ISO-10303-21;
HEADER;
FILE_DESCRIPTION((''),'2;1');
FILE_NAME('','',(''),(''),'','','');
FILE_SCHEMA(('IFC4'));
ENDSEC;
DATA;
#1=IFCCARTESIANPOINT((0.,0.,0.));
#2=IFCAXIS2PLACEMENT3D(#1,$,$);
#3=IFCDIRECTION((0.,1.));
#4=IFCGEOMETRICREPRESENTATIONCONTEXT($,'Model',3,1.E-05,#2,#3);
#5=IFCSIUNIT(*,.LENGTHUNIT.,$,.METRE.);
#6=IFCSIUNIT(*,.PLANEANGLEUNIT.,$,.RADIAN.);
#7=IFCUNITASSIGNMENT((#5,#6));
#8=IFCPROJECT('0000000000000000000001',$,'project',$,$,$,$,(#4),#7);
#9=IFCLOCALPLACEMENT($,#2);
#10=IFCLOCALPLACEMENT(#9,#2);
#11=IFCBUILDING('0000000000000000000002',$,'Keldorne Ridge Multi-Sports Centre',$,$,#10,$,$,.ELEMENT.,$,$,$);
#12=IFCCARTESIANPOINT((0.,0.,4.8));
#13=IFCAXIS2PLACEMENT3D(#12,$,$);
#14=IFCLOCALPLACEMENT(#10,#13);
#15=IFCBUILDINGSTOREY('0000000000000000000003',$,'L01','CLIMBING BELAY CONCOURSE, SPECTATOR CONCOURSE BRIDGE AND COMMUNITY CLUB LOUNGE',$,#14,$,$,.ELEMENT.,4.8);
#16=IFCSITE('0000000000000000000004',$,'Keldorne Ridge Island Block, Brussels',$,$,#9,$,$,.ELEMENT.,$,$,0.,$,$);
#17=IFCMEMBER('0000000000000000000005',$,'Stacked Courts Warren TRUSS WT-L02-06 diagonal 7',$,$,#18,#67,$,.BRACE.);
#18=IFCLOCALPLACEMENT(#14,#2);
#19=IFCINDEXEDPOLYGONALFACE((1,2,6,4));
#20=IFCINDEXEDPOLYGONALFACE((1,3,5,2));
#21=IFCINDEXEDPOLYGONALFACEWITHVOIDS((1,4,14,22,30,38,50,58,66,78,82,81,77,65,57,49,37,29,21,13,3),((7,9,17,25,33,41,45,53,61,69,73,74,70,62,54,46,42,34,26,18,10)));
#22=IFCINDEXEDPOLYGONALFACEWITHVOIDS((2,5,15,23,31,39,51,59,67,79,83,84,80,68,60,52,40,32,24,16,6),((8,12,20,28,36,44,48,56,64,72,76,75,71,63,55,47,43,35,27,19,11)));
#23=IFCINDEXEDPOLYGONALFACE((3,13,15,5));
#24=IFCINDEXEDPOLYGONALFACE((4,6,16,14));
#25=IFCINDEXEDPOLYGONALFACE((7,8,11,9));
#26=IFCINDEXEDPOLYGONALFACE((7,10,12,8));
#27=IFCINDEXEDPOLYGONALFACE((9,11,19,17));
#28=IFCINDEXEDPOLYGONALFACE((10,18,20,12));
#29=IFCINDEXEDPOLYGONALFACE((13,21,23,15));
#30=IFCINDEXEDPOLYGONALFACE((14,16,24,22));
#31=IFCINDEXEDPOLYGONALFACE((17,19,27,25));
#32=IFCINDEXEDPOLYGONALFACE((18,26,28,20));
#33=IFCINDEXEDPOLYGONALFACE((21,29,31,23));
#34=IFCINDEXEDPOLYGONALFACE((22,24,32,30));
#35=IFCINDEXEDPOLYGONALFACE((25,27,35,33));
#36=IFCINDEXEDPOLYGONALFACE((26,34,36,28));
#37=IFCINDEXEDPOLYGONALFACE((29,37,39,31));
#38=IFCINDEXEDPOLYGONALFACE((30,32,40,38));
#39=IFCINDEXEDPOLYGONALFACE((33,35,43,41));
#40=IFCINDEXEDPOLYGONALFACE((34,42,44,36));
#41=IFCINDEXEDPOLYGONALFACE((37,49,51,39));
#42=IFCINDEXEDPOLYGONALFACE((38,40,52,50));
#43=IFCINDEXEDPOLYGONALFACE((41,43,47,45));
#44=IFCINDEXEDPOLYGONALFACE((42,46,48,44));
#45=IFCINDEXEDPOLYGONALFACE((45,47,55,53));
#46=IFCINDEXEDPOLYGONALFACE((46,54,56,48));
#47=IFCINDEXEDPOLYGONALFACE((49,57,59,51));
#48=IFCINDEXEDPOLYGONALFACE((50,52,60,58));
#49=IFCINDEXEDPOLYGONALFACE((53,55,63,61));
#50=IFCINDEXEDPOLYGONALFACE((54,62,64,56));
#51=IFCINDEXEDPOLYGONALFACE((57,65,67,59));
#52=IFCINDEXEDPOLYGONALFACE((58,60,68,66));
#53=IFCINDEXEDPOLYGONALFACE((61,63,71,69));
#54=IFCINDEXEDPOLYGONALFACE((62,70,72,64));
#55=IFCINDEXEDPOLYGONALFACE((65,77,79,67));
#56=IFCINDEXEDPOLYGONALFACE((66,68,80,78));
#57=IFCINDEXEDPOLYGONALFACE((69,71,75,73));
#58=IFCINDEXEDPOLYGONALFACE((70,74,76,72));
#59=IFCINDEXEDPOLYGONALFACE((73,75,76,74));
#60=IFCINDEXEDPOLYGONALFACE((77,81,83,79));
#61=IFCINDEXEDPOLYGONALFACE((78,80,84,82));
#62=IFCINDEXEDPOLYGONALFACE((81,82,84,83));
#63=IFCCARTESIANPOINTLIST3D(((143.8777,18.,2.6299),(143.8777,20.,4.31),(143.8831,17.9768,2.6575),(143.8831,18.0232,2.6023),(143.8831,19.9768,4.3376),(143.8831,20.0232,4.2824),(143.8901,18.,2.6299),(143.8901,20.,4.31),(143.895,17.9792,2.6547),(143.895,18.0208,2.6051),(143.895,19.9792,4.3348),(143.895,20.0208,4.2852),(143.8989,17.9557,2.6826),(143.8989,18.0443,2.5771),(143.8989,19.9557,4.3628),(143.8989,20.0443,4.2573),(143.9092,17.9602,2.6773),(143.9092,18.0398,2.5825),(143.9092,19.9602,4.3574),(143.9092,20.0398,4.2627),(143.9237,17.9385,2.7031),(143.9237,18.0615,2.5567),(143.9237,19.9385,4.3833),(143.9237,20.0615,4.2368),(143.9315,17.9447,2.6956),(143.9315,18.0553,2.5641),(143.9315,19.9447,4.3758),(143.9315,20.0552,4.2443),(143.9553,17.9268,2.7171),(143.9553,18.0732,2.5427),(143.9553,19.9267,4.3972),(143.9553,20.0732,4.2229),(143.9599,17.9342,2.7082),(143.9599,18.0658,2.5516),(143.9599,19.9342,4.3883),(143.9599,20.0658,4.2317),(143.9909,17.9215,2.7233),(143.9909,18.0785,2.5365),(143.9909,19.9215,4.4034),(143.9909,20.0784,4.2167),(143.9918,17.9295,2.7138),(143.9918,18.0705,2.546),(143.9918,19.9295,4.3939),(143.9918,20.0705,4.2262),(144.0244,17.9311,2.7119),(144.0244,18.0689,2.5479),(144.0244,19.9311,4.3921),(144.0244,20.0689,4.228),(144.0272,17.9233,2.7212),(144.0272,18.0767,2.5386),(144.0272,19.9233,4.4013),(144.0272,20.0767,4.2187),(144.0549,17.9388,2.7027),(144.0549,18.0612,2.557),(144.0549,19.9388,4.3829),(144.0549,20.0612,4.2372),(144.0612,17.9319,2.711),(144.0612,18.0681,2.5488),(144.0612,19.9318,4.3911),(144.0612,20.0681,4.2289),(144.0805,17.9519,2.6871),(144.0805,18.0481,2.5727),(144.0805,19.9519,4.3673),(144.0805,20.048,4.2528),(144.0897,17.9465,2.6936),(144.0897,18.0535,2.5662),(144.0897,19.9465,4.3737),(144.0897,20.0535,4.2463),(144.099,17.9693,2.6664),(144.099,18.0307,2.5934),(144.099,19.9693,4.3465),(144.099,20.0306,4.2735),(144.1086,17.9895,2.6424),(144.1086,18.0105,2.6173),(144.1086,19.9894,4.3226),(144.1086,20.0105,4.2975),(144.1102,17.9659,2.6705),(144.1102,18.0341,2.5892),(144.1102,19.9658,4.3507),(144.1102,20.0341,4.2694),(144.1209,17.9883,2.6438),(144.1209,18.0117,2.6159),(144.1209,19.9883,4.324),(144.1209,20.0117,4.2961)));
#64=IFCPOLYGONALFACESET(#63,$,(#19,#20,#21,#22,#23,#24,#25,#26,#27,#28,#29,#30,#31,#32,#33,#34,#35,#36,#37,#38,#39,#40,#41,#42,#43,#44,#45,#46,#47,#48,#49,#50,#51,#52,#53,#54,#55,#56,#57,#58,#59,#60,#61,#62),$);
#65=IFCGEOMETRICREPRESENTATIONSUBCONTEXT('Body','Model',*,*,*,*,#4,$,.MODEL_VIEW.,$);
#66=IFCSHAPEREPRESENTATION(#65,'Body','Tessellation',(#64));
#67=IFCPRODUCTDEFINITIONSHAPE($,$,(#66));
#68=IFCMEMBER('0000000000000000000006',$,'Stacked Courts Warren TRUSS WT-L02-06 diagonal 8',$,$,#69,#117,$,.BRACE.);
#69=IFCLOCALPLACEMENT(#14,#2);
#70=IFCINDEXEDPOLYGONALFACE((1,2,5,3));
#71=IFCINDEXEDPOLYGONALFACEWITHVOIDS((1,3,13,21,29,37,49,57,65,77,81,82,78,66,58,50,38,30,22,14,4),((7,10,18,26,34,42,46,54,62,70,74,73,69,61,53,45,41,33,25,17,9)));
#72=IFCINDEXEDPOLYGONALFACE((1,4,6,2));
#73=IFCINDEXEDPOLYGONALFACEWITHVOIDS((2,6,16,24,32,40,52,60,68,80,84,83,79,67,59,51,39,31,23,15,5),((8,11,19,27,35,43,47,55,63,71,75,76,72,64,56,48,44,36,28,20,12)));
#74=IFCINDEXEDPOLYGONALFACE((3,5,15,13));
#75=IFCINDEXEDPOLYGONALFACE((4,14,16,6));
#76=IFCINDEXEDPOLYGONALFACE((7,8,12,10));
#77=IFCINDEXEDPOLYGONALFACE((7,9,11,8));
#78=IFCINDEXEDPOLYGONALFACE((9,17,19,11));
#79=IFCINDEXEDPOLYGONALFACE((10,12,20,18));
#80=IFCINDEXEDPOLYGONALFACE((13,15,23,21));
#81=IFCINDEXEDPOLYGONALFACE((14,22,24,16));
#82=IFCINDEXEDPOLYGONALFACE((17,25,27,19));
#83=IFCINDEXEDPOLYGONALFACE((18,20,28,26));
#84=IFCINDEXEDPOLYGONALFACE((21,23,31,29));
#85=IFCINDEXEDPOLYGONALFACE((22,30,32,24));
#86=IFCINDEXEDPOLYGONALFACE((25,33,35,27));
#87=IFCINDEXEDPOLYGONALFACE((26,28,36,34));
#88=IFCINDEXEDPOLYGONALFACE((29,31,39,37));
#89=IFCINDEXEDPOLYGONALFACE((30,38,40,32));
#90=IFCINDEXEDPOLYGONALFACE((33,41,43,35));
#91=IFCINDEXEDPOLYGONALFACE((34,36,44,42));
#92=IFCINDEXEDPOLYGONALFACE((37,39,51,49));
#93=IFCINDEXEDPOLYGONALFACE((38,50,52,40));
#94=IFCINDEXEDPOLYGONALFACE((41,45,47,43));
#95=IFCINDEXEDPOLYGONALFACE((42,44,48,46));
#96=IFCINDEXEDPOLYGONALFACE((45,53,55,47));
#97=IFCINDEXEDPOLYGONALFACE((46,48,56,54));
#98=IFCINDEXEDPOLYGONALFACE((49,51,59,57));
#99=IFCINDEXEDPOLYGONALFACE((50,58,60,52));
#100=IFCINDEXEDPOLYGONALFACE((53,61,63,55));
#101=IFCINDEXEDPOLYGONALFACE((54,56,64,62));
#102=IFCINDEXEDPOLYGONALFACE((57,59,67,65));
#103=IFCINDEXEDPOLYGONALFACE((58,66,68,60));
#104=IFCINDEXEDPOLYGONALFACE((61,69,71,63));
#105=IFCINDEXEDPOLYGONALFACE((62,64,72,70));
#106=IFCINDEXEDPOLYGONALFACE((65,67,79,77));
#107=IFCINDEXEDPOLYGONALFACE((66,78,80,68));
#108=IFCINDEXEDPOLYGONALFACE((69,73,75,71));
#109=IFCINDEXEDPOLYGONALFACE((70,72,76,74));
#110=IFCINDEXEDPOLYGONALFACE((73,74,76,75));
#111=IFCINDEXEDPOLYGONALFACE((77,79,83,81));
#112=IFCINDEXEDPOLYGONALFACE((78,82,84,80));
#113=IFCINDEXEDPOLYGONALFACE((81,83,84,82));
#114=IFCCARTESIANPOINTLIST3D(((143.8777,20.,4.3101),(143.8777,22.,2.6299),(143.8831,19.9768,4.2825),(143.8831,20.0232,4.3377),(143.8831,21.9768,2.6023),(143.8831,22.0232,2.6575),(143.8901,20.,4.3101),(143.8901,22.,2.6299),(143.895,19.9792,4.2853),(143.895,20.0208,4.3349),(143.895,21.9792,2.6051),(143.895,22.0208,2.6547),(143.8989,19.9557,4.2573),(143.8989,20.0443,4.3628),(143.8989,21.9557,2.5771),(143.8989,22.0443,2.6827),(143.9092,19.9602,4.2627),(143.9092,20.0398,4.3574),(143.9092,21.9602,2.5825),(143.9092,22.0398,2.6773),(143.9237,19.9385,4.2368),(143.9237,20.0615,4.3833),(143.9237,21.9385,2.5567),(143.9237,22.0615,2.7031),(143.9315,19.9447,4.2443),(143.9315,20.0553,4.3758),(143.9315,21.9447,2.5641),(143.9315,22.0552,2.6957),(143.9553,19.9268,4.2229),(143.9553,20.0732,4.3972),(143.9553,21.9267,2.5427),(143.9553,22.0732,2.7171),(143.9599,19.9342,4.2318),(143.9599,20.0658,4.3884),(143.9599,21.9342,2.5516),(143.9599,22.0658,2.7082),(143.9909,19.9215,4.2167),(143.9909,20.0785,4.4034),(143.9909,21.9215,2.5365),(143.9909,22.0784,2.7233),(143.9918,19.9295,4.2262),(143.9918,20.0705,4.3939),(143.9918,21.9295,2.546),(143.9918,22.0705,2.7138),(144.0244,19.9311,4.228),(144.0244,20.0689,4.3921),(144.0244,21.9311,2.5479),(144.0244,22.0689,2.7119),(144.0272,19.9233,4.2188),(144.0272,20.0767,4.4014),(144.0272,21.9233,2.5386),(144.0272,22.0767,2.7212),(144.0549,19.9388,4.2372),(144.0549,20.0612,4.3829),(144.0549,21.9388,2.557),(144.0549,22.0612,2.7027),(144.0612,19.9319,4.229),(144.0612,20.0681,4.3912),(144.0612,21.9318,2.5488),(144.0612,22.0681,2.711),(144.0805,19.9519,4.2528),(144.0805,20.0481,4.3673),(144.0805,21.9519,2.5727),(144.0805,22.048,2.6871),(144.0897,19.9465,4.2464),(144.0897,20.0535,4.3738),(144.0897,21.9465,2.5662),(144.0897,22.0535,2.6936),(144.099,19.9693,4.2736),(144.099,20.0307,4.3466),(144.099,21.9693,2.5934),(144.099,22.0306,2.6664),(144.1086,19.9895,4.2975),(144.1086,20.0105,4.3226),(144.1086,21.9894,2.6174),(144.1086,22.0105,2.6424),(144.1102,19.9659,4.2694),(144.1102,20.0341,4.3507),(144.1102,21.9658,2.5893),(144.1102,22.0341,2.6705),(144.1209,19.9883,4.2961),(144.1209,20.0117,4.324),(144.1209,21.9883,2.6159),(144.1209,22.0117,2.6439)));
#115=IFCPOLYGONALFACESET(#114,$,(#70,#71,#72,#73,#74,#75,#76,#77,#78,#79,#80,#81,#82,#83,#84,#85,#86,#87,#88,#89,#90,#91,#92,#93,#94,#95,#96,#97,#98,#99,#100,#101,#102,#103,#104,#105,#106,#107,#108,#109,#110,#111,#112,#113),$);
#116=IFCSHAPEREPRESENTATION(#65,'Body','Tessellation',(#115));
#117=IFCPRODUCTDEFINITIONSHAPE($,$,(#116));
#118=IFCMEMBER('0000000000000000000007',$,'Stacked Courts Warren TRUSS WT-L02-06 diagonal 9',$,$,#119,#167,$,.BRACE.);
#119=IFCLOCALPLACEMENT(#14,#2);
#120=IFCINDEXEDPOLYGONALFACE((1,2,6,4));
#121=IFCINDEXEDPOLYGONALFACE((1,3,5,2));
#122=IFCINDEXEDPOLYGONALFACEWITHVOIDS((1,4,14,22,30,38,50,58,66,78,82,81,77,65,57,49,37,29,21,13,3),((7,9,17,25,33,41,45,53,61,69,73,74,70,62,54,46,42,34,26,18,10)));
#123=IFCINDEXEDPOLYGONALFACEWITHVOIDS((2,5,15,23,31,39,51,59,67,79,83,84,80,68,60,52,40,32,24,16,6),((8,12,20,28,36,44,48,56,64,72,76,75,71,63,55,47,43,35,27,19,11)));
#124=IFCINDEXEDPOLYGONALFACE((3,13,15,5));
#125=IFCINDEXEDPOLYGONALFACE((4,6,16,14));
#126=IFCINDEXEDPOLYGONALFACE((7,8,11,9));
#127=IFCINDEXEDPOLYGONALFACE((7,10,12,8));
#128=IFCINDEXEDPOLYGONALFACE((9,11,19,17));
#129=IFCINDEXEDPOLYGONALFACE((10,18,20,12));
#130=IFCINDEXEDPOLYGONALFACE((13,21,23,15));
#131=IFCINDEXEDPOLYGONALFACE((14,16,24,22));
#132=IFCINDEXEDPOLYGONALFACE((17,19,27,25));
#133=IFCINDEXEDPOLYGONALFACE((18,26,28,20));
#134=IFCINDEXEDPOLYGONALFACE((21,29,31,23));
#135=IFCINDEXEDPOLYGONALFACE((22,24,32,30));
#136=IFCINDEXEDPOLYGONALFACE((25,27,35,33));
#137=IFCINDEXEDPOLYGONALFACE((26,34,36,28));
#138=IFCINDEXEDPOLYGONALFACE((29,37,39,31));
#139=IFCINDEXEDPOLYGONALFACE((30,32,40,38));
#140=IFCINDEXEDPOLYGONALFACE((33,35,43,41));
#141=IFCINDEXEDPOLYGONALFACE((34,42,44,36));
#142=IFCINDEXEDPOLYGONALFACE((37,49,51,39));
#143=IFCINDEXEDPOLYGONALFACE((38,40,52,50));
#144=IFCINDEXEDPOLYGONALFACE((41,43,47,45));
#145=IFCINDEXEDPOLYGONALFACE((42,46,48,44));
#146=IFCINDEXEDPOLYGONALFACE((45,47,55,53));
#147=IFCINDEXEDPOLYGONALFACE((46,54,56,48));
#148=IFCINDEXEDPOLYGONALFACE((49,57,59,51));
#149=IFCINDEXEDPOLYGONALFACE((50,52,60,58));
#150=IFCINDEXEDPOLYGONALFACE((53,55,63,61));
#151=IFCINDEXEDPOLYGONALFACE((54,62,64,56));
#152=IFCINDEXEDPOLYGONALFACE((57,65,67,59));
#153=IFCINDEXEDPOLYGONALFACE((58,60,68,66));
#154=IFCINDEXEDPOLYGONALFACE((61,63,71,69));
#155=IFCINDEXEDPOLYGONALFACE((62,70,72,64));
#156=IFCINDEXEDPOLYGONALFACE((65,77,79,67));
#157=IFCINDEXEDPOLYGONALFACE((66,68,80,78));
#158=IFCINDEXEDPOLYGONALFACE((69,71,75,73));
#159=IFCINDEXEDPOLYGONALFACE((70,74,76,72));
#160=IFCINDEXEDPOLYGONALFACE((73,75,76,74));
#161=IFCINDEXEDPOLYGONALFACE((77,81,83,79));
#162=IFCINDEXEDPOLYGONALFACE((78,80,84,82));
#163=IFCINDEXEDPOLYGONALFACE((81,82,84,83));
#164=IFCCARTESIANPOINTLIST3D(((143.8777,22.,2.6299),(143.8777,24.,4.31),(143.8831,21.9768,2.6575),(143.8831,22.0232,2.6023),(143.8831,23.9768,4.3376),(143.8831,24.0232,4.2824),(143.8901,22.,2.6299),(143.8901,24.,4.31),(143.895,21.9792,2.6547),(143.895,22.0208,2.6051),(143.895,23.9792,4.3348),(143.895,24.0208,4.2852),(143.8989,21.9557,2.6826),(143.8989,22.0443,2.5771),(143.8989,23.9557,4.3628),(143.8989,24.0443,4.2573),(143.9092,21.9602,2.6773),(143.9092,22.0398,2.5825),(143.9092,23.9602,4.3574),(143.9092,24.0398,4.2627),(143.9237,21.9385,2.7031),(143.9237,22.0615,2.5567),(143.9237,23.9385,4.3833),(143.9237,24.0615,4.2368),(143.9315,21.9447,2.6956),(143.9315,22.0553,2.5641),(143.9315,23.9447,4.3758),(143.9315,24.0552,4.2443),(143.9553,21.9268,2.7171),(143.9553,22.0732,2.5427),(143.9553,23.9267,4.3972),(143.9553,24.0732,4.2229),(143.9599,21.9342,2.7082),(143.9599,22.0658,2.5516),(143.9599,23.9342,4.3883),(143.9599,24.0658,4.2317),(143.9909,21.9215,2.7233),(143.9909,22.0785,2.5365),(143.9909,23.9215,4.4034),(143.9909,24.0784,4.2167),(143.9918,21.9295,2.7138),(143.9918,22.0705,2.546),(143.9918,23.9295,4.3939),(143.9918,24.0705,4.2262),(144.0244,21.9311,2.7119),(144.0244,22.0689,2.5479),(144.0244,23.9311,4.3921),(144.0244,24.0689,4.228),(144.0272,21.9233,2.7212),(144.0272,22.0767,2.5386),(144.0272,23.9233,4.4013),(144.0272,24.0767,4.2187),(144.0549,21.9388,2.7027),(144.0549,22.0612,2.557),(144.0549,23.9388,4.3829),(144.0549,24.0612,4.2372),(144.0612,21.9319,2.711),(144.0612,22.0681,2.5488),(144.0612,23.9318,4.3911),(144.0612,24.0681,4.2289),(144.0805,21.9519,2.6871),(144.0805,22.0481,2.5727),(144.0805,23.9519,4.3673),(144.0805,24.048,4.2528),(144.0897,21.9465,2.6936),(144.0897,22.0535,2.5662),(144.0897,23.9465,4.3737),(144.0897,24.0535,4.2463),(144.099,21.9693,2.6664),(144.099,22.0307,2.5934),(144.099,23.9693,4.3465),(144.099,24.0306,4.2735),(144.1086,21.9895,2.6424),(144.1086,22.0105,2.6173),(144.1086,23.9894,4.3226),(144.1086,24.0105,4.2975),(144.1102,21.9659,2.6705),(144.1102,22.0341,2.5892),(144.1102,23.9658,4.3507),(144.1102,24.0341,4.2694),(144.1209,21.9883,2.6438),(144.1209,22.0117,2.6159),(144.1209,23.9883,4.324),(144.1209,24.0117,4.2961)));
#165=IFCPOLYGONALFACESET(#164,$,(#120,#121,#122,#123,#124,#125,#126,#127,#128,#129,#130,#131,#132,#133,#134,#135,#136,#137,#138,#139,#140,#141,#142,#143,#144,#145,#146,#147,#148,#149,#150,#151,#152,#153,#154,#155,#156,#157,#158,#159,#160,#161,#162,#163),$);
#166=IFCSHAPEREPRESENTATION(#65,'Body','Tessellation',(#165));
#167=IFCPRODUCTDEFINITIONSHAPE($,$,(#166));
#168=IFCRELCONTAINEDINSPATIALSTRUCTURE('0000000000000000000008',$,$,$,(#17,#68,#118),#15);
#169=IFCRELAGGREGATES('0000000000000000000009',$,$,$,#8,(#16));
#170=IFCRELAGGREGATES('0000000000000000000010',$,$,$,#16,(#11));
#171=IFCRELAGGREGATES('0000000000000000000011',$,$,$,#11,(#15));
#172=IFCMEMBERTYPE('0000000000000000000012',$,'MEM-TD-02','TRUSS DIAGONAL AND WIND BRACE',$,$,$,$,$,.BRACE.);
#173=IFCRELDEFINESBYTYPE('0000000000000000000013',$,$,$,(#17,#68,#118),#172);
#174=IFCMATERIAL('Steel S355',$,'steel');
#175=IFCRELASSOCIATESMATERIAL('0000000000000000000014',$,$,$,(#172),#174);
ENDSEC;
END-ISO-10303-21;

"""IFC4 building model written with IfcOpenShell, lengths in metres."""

from ifc_helpers import new_model, si_unit, direction, frame, origin, origin_2d, place, context, subcontext, project, spatial, hollow_circle, extrude, material, material_profile, profile_set, type_object, element, save


model = new_model("IFC4")

# Units and contexts
model_context = context("Model", 3, precision=1e-05, world=origin(), true_north=direction((0.0, 1.0)))
body_context = subcontext(model_context, "Body", "Model", "MODEL_VIEW")
ifc_project = project(units=[si_unit("LENGTHUNIT", "METRE"), si_unit("PLANEANGLEUNIT", "RADIAN")], contexts=[model_context])

# Site, building, storey
site_placement = place(None, origin())
site = spatial("IfcSite", under=ifc_project, at=site_placement, Name="Keldorne Ridge Island Block, Brussels", CompositionType="ELEMENT", RefElevation=0.0)
building_placement = place(site_placement, origin())
building = spatial("IfcBuilding", under=site, at=building_placement, Name="Keldorne Ridge Multi-Sports Centre", CompositionType="ELEMENT")
storey_placement = place(building_placement, frame((0.0, 0.0, 4.8)))
storey = spatial("IfcBuildingStorey", under=building, at=storey_placement, Name="L01", Description="CLIMBING BELAY CONCOURSE, SPECTATOR CONCOURSE BRIDGE AND COMMUNITY CLUB LOUNGE", CompositionType="ELEMENT", Elevation=4.8)

# Members
ifc_material = material(Name="Steel S355", Category="steel")
ifc_material_profile_1 = material_profile(ifc_material, hollow_circle(Radius=0.1223, WallThickness=0.0125, at=origin_2d()), Name="CHS 244.5x12.5")
ifc_profile_set_1 = profile_set([ifc_material_profile_1], Name="Steel S355")
member_type_1 = type_object("IfcMemberType", Name="MEM-TD-02", Description="TRUSS DIAGONAL AND WIND BRACE", PredefinedType="BRACE", material=ifc_profile_set_1)
for number, where, z_axis, x_axis, name in (
    (1, (144.0, 18.0, 2.6299), (0.0, 0.765672, 0.643232), (-1.0, 0.0, 0.0), "Stacked Courts Warren TRUSS WT-L02-06 diagonal 7"),
    (2, (144.0, 20.0, 4.3101), (0.0, 0.765672, -0.643232), (-1.0, 0.0, 0.0), "Stacked Courts Warren TRUSS WT-L02-06 diagonal 8"),
    (3, (144.0, 22.0, 2.6299), (0.0, 0.765672, 0.643232), (-1.0, 0.0, 0.0), "Stacked Courts Warren TRUSS WT-L02-06 diagonal 9"),
):
    element("IfcMember", number, at=place(storey_placement, frame(where, z_axis=z_axis, x_axis=x_axis)), inside=storey, type_object=member_type_1, Name=name, PredefinedType="BRACE", context=body_context, shape_type="SweptSolid", body=[
        extrude(hollow_circle(Radius=0.1223, WallThickness=0.0125, at=origin_2d()), origin(), (0.0, 0.0, 1.0), 2.6121),
    ])

save(model, "model.ifc")
